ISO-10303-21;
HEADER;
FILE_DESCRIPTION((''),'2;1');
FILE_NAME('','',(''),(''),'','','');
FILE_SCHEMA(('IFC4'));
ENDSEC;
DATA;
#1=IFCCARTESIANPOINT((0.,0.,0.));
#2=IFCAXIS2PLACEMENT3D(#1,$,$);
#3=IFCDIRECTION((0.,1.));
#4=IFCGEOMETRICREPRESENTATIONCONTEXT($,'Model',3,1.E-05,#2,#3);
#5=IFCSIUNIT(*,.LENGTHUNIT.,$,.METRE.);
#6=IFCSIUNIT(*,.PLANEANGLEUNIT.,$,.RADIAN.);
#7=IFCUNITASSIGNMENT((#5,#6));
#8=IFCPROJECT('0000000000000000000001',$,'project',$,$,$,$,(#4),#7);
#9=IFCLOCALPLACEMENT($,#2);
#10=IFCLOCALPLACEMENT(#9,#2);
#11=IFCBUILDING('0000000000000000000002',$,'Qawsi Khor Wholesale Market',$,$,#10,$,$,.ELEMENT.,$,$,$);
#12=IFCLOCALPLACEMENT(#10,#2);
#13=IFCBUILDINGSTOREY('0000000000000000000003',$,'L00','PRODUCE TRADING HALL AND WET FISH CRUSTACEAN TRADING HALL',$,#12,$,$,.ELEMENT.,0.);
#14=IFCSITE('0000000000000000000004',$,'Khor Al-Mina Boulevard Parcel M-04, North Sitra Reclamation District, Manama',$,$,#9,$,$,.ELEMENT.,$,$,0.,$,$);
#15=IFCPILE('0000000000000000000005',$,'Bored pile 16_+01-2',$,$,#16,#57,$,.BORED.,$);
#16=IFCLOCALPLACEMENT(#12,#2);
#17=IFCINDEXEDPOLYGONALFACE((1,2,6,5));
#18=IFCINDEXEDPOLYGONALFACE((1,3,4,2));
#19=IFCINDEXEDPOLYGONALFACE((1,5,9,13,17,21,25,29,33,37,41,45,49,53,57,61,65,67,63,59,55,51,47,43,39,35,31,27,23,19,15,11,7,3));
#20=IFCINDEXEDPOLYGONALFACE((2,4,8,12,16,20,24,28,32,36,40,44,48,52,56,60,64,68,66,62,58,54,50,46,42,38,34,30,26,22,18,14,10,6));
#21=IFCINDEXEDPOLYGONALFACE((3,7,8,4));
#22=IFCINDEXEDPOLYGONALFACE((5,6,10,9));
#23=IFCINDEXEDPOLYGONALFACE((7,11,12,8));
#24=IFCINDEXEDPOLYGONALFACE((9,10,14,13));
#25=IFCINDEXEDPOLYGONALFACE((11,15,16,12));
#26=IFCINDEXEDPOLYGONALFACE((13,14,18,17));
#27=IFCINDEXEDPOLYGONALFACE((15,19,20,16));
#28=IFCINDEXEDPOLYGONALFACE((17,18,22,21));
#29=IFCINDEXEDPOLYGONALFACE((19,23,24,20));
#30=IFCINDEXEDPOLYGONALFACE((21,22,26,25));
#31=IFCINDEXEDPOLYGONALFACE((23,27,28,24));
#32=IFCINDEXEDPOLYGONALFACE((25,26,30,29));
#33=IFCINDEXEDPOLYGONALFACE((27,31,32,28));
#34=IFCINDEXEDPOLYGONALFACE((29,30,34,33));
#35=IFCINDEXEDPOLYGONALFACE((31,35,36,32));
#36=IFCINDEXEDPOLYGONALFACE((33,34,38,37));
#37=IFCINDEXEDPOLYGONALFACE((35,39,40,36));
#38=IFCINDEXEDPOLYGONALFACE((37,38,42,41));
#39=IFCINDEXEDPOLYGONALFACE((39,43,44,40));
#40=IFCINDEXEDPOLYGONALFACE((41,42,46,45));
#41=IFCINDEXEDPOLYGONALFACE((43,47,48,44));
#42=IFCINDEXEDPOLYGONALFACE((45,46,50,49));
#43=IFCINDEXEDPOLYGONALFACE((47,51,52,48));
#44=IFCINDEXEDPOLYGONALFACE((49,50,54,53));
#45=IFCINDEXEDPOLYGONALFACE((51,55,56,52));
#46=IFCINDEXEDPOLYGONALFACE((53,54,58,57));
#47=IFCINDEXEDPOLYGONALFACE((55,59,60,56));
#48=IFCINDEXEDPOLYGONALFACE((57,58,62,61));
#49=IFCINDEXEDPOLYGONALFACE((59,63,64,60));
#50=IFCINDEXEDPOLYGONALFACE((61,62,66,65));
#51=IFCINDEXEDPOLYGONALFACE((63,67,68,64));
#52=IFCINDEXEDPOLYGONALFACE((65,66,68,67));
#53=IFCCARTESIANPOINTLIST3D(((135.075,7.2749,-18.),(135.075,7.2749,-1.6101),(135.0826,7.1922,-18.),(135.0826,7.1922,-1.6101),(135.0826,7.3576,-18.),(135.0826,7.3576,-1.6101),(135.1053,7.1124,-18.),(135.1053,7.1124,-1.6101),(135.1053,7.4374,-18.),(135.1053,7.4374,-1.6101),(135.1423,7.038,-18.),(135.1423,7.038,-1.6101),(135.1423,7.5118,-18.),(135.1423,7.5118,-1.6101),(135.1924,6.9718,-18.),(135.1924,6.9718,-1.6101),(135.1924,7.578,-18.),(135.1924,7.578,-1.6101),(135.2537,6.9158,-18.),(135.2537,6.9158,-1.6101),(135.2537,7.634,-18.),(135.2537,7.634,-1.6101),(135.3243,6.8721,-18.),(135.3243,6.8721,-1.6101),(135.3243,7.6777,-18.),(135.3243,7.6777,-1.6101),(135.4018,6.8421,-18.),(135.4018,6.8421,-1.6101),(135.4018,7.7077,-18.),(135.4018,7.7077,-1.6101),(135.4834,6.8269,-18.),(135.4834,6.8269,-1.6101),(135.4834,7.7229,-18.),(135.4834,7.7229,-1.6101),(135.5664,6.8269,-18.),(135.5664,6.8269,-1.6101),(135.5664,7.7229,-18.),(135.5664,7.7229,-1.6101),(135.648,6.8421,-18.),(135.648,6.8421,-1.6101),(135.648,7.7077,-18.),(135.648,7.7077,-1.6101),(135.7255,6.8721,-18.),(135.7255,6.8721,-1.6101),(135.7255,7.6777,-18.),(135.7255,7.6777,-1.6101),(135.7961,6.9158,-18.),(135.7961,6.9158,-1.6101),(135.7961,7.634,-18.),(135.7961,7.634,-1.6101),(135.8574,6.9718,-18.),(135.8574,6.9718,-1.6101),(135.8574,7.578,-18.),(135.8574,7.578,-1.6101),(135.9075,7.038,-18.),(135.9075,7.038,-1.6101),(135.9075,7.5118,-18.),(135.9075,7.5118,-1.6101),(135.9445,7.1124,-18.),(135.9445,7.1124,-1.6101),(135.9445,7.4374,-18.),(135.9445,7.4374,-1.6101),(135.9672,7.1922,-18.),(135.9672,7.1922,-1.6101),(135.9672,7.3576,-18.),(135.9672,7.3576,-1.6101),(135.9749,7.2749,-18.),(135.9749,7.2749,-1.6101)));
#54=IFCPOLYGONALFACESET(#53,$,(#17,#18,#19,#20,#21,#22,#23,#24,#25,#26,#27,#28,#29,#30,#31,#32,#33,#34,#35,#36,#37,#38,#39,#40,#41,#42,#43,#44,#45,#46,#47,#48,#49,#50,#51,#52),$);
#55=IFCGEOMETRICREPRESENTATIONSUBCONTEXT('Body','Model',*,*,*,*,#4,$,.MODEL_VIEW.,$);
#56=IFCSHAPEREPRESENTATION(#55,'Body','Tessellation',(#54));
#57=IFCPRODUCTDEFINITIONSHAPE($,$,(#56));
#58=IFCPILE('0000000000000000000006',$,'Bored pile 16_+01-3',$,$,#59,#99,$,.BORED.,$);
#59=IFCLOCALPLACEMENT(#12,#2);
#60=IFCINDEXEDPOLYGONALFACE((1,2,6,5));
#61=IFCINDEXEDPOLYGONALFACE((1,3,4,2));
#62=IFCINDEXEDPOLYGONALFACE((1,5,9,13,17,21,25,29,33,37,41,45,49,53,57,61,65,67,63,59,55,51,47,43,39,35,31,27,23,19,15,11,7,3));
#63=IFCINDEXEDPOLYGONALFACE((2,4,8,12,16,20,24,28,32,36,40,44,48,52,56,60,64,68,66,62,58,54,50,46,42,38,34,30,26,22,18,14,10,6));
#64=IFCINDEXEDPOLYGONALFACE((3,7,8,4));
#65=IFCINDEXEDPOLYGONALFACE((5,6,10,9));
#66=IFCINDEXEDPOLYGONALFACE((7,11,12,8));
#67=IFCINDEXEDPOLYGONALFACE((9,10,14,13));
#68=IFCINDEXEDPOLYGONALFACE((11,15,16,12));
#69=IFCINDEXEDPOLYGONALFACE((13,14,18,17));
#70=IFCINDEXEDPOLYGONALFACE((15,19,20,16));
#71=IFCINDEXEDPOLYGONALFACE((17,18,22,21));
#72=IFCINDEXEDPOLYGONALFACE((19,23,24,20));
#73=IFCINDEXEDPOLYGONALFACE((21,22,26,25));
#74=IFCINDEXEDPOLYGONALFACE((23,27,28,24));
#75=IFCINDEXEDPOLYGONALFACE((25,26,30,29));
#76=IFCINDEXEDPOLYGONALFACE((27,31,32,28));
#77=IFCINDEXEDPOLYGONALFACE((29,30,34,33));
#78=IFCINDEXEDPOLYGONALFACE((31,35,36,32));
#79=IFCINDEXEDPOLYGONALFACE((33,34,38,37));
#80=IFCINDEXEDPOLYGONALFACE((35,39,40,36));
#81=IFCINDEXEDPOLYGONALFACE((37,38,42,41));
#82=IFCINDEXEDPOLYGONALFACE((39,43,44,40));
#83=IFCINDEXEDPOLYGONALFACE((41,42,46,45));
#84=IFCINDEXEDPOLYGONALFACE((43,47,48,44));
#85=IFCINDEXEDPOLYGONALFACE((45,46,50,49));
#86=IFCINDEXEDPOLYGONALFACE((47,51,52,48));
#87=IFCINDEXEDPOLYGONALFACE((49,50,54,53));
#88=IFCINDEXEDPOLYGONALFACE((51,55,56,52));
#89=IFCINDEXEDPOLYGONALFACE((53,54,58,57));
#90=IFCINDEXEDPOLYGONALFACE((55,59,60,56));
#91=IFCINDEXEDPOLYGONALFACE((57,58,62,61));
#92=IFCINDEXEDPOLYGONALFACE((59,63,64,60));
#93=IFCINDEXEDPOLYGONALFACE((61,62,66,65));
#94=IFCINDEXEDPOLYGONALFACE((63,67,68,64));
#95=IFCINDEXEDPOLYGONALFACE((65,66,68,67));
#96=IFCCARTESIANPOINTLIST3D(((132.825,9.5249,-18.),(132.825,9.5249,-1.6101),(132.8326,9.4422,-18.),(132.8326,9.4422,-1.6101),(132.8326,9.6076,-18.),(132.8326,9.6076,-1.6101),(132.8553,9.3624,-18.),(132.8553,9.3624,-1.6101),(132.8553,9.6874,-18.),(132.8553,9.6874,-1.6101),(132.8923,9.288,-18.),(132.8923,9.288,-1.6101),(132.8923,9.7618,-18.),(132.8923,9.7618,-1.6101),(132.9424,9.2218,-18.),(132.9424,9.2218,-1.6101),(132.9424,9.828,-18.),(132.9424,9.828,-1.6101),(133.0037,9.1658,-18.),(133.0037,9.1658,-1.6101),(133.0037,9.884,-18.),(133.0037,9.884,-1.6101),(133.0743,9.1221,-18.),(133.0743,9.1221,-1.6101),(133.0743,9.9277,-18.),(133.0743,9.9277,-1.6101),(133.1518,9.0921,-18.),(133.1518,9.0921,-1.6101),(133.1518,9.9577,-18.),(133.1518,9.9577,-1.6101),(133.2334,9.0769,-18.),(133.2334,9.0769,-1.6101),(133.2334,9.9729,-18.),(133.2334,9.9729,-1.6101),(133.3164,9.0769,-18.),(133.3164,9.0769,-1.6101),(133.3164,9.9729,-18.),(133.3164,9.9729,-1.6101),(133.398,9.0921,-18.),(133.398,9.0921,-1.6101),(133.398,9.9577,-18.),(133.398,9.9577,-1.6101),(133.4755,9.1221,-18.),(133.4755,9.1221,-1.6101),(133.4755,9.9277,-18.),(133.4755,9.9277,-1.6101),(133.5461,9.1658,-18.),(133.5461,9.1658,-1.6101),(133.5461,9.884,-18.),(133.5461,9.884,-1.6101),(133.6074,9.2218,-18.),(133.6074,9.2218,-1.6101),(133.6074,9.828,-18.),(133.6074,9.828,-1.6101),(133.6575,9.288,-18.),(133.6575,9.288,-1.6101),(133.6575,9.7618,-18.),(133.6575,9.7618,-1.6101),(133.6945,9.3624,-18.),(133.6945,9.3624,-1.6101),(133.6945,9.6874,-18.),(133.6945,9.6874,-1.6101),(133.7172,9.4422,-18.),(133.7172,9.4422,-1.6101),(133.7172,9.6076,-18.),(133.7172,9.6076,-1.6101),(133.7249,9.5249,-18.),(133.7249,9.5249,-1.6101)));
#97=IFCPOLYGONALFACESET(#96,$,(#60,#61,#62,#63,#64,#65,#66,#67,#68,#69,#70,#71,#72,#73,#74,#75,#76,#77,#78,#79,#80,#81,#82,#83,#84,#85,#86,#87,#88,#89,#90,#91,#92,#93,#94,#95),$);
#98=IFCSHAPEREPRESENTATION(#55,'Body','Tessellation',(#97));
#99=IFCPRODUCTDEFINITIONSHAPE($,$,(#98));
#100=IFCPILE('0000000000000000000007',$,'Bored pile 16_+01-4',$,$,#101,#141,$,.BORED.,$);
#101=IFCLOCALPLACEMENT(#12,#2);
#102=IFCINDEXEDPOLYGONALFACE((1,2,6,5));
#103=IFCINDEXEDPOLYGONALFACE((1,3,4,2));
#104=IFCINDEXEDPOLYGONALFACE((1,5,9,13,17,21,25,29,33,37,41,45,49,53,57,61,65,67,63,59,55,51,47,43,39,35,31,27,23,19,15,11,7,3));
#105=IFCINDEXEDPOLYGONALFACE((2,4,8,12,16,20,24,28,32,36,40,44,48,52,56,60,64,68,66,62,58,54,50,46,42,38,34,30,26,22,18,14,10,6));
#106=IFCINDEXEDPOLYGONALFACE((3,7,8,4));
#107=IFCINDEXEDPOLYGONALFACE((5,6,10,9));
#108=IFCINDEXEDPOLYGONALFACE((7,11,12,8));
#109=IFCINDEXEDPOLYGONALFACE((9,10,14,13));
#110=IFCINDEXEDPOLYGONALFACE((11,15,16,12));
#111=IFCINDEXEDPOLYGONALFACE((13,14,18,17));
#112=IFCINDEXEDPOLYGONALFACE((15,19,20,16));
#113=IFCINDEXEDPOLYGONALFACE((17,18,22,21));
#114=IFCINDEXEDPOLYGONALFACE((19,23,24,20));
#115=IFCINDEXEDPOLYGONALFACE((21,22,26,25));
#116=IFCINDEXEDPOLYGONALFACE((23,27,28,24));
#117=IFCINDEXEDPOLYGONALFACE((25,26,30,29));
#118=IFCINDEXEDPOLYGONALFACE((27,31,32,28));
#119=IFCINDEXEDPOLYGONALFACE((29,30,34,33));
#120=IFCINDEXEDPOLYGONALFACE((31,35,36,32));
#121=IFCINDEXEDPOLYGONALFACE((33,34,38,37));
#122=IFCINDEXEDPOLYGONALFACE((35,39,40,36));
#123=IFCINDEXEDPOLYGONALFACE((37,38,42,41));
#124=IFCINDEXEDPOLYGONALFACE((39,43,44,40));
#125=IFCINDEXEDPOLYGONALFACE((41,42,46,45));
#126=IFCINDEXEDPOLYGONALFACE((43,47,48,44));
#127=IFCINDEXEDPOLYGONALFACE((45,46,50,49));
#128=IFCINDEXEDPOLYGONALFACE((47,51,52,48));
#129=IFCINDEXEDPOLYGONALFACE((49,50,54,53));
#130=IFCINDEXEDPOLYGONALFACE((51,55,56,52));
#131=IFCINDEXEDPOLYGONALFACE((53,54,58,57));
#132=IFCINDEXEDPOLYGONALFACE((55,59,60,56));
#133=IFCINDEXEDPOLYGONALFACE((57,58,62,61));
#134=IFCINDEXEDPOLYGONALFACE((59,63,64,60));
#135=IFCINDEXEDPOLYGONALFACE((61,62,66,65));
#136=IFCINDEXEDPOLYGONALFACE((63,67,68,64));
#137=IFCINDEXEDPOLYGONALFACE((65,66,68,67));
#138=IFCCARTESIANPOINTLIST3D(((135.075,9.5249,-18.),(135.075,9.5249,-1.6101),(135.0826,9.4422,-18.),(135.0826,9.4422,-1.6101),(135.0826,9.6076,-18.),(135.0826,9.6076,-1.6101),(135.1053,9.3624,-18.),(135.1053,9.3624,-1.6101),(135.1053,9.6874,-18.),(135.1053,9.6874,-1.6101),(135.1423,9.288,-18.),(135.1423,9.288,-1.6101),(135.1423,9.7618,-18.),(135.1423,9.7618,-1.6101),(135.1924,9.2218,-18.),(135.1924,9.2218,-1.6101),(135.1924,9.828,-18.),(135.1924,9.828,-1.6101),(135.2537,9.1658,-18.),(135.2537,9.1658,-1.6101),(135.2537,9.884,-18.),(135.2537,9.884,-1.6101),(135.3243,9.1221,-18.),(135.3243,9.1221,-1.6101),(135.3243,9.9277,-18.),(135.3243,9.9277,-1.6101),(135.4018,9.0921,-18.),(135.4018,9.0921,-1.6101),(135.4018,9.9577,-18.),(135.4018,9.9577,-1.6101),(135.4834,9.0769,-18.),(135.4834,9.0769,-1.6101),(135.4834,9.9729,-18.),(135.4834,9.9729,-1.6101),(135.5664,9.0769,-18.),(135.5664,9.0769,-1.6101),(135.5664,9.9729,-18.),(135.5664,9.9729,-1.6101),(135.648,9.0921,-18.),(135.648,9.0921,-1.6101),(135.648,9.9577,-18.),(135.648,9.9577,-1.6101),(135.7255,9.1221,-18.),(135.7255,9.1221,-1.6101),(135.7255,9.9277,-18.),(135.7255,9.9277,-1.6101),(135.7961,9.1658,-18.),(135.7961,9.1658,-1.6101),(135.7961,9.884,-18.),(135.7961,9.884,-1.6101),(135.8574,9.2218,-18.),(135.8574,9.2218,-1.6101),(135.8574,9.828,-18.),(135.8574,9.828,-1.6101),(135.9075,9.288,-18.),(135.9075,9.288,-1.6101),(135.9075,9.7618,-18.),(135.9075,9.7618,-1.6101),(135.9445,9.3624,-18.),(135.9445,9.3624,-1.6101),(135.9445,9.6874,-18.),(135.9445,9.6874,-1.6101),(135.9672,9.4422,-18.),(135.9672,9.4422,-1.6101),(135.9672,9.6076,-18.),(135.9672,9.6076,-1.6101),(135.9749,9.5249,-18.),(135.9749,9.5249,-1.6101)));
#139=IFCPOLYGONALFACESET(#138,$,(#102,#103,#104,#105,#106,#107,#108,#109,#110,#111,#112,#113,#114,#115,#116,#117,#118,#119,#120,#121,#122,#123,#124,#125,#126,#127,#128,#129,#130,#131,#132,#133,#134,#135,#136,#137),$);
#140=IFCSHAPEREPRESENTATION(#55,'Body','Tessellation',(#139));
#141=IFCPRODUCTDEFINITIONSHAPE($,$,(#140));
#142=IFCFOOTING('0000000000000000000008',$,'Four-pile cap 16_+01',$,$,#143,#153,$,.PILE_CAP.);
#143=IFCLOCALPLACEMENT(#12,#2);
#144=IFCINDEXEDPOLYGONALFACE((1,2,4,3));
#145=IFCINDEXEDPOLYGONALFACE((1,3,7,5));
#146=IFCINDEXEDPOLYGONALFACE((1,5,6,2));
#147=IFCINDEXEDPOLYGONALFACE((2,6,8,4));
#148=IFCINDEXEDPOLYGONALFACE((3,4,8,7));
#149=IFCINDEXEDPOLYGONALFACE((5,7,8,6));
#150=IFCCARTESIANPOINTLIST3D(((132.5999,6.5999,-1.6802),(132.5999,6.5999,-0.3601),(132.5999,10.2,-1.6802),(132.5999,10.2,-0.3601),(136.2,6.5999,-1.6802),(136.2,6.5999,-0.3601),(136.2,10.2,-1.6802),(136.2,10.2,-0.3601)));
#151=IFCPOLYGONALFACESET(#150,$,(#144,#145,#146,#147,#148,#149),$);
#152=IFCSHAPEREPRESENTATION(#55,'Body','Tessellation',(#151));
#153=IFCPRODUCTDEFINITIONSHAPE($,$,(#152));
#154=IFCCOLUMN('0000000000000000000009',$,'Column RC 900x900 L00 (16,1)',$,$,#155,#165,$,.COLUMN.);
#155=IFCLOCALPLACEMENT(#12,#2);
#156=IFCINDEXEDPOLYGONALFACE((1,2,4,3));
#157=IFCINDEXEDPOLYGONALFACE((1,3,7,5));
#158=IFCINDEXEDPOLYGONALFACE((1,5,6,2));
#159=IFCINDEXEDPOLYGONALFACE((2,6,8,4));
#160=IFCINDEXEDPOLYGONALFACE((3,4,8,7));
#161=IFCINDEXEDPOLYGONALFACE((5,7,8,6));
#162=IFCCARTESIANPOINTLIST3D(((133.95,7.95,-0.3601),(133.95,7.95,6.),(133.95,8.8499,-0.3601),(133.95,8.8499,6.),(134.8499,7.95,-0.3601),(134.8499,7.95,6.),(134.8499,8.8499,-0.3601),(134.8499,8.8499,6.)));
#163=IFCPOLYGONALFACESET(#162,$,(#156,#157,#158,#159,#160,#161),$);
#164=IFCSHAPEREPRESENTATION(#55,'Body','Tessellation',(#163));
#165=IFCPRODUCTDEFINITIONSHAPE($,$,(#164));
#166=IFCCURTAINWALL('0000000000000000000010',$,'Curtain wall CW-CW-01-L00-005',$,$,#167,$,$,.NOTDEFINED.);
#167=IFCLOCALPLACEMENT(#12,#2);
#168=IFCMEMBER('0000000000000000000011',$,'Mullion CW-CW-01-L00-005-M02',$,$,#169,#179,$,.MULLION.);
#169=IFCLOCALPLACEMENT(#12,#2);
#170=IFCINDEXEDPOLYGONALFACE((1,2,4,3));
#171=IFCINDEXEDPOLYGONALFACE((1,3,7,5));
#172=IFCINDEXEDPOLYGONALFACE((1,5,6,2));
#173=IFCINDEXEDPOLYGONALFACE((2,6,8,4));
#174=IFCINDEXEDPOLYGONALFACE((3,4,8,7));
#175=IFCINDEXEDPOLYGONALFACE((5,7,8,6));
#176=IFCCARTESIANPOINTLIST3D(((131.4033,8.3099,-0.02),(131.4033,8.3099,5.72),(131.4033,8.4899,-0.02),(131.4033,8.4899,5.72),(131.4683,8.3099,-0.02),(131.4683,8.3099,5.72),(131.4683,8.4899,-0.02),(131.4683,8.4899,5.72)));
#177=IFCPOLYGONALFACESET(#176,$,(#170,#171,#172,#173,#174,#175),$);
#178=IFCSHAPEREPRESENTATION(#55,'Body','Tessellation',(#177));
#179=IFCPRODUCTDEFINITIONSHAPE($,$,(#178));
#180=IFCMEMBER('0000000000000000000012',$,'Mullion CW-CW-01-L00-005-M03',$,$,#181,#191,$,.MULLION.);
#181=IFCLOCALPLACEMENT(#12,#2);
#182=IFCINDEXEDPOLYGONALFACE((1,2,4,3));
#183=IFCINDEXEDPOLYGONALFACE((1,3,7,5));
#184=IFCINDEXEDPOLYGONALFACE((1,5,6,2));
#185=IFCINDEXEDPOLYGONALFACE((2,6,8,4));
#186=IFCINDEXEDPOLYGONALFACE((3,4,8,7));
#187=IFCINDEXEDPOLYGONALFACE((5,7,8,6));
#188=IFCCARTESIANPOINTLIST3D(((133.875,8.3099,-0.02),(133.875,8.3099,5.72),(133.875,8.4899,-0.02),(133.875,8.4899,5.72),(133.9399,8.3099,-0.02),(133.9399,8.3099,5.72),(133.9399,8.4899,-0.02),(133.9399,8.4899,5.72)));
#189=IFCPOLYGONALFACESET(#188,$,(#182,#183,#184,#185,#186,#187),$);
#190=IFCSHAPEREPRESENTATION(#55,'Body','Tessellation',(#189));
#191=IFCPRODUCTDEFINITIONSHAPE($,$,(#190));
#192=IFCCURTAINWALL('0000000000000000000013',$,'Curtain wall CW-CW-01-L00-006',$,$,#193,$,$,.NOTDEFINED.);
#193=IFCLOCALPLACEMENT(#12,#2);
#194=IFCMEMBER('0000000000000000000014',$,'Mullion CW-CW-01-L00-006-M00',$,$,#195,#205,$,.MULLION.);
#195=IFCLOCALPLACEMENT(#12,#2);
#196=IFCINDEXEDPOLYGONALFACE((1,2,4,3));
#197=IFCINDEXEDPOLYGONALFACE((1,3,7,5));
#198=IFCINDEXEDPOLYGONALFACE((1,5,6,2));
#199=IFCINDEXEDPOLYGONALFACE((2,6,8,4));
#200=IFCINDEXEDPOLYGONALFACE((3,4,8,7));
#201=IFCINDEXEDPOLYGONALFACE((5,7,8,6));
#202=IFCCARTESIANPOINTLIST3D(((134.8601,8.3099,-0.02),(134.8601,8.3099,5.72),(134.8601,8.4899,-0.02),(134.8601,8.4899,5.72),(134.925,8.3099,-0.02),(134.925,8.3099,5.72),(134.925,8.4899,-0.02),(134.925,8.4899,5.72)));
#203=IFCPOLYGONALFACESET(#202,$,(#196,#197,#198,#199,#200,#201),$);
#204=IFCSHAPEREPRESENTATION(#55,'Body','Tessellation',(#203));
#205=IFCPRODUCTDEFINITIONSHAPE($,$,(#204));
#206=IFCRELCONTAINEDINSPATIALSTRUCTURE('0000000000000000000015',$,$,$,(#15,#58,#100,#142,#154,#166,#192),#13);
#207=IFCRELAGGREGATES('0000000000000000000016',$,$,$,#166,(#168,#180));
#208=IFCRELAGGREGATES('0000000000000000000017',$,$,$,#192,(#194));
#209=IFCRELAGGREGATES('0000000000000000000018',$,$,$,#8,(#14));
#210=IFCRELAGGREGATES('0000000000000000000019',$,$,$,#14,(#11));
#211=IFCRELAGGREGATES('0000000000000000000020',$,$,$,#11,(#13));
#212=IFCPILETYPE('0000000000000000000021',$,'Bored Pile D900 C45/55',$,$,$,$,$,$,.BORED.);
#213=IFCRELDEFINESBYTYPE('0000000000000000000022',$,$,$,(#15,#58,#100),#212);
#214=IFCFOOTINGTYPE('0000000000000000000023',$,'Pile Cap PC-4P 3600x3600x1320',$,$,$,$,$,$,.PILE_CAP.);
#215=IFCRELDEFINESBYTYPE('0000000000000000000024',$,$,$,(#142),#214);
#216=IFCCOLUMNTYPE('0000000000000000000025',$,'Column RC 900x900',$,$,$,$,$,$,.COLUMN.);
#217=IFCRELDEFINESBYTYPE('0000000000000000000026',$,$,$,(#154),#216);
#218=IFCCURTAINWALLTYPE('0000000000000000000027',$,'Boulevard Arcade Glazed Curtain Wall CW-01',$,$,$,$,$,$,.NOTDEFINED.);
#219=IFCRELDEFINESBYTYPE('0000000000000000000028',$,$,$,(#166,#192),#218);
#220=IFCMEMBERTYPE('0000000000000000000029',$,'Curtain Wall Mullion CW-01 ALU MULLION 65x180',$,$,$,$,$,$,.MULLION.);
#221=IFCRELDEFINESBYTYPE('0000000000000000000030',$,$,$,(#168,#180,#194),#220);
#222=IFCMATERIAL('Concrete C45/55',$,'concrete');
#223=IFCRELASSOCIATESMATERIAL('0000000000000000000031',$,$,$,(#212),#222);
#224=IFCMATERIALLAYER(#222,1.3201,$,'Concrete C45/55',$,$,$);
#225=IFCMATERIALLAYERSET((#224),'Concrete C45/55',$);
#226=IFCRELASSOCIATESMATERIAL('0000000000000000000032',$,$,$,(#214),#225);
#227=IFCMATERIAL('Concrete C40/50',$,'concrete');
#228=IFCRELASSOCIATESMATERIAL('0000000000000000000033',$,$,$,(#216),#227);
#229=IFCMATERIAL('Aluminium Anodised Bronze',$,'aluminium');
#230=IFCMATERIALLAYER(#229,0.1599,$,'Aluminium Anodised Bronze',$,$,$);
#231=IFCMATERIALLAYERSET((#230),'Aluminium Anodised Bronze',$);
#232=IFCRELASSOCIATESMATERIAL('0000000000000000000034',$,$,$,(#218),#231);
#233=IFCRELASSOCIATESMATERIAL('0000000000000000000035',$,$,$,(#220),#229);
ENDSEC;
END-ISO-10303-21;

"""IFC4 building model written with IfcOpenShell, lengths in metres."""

from ifc_helpers import new_model, si_unit, direction, frame, origin, origin_2d, place, context, subcontext, project, spatial, rectangle, circle, extrude, material, layer, layer_set, material_profile, profile_set, type_object, element, aggregate, save


model = new_model("IFC4")

# Units and contexts
model_context = context("Model", 3, precision=1e-05, world=origin(), true_north=direction((0.0, 1.0)))
body_context = subcontext(model_context, "Body", "Model", "MODEL_VIEW")
ifc_project = project(units=[si_unit("LENGTHUNIT", "METRE"), si_unit("PLANEANGLEUNIT", "RADIAN")], contexts=[model_context])

# Site, building, storey
site_placement = place(None, origin())
site = spatial("IfcSite", under=ifc_project, at=site_placement, Name="Khor Al-Mina Boulevard Parcel M-04, North Sitra Reclamation District, Manama", CompositionType="ELEMENT", RefElevation=0.0)
building_placement = place(site_placement, origin())
building = spatial("IfcBuilding", under=site, at=building_placement, Name="Qawsi Khor Wholesale Market", CompositionType="ELEMENT")
storey_placement = place(building_placement, origin())
storey = spatial("IfcBuildingStorey", under=building, at=storey_placement, Name="L00", Description="PRODUCE TRADING HALL AND WET FISH CRUSTACEAN TRADING HALL", CompositionType="ELEMENT", Elevation=0.0)

# Piles
ifc_material_1 = material(Name="Concrete C45/55", Category="concrete")
ifc_material_profile_1 = material_profile(ifc_material_1, circle(Radius=0.45, at=origin_2d()), Name="PILE D900")
ifc_profile_set_1 = profile_set([ifc_material_profile_1], Name="Concrete C45/55")
pile_type = type_object("IfcPileType", Name="Bored Pile D900 C45/55", PredefinedType="BORED", material=ifc_profile_set_1)
for number, where, z_axis, x_axis, name in (
    (1, (135.5249, 7.2749, -1.6101), (0.0, 0.0, -1.0), (1.0, 0.0, 0.0), "Bored pile 16_+01-2"),
    (2, (133.2749, 9.5249, -1.6101), (0.0, 0.0, -1.0), (1.0, 0.0, 0.0), "Bored pile 16_+01-3"),
    (3, (135.5249, 9.5249, -1.6101), (0.0, 0.0, -1.0), (1.0, 0.0, 0.0), "Bored pile 16_+01-4"),
):
    element("IfcPile", number, at=place(storey_placement, frame(where, z_axis=z_axis, x_axis=x_axis)), inside=storey, type_object=pile_type, Name=name, PredefinedType="BORED", context=body_context, shape_type="SweptSolid", body=[
        extrude(circle(Radius=0.45, at=origin_2d()), origin(), (0.0, 0.0, 1.0), 16.3899),
    ])

# Footing
ifc_layer_1 = layer(ifc_material_1, 1.3201, Name="Concrete C45/55")
ifc_layer_set_1 = layer_set([ifc_layer_1], Name="Concrete C45/55")
footing_type = type_object("IfcFootingType", Name="Pile Cap PC-4P 3600x3600x1320", PredefinedType="PILE_CAP", material=ifc_layer_set_1)
footing_placement = place(storey_placement, frame((134.3999, 8.3999, -1.6802), z_axis=(0.0, 0.0, 1.0), x_axis=(1.0, 0.0, 0.0)))
element("IfcFooting", 4, at=footing_placement, inside=storey, type_object=footing_type, Name="Four-pile cap 16_+01", PredefinedType="PILE_CAP", context=body_context, shape_type="SweptSolid", body=[
    extrude(rectangle(XDim=3.6001, YDim=3.6001, at=origin_2d()), origin(), (0.0, 0.0, 1.0), 1.3201),
])

# Column
ifc_material_2 = material(Name="Concrete C40/50", Category="concrete")
ifc_material_profile_2 = material_profile(ifc_material_2, rectangle(XDim=0.8999, YDim=0.8999, at=origin_2d()), Name="RC 900x900")
ifc_profile_set_2 = profile_set([ifc_material_profile_2], Name="Concrete C40/50")
column_type = type_object("IfcColumnType", Name="Column RC 900x900", PredefinedType="COLUMN", material=ifc_profile_set_2)
column_placement = place(storey_placement, frame((134.3999, 8.3999, -0.3601), z_axis=(0.0, 0.0, 1.0), x_axis=(1.0, 0.0, 0.0)))
element("IfcColumn", 5, at=column_placement, inside=storey, type_object=column_type, Name="Column RC 900x900 L00 (16,1)", PredefinedType="COLUMN", context=body_context, shape_type="SweptSolid", body=[
    extrude(rectangle(XDim=0.8999, YDim=0.8999, at=origin_2d()), origin(), (0.0, 0.0, 1.0), 6.3601),
])

# Curtain walls, members
ifc_material_3 = material(Name="Aluminium Anodised Bronze", Category="aluminium")
ifc_layer_2 = layer(ifc_material_3, 0.1599, Name="Aluminium Anodised Bronze")
ifc_layer_set_2 = layer_set([ifc_layer_2], Name="Aluminium Anodised Bronze")
curtain_wall_type = type_object("IfcCurtainWallType", Name="Boulevard Arcade Glazed Curtain Wall CW-01", PredefinedType="NOTDEFINED", material=ifc_layer_set_2)
curtain_wall_1_placement = place(storey_placement, origin())
curtain_wall_1 = element("IfcCurtainWall", 6, at=curtain_wall_1_placement, inside=storey, type_object=curtain_wall_type, Name="Curtain wall CW-CW-01-L00-005", PredefinedType="NOTDEFINED")
ifc_material_profile_3 = material_profile(ifc_material_3, rectangle(XDim=0.0649, YDim=0.1799, at=origin_2d()), Name="ALU MULLION 65x180")
ifc_profile_set_3 = profile_set([ifc_material_profile_3], Name="Aluminium Anodised Bronze")
member_type_1 = type_object("IfcMemberType", Name="Curtain Wall Mullion CW-01 ALU MULLION 65x180", PredefinedType="MULLION", material=ifc_profile_set_3)
member_1_placement = place(storey_placement, frame((131.4358, 8.3999, -0.02), z_axis=(0.0, 0.0, 1.0), x_axis=(1.0, 0.0, 0.0)))
member_1 = element("IfcMember", 7, at=member_1_placement, type_object=member_type_1, Name="Mullion CW-CW-01-L00-005-M02", PredefinedType="MULLION", context=body_context, shape_type="SweptSolid", body=[
    extrude(rectangle(XDim=0.0649, YDim=0.1799, at=origin_2d()), origin(), (0.0, 0.0, 1.0), 5.74),
])
member_2_placement = place(storey_placement, frame((133.9075, 8.3999, -0.02), z_axis=(0.0, 0.0, 1.0), x_axis=(1.0, 0.0, 0.0)))
member_2 = element("IfcMember", 8, at=member_2_placement, type_object=member_type_1, Name="Mullion CW-CW-01-L00-005-M03", PredefinedType="MULLION", context=body_context, shape_type="SweptSolid", body=[
    extrude(rectangle(XDim=0.0649, YDim=0.1799, at=origin_2d()), origin(), (0.0, 0.0, 1.0), 5.74),
])
curtain_wall_2_placement = place(storey_placement, origin())
curtain_wall_2 = element("IfcCurtainWall", 9, at=curtain_wall_2_placement, inside=storey, type_object=curtain_wall_type, Name="Curtain wall CW-CW-01-L00-006", PredefinedType="NOTDEFINED")
member_3_placement = place(storey_placement, frame((134.8926, 8.3999, -0.02), z_axis=(0.0, 0.0, 1.0), x_axis=(1.0, 0.0, 0.0)))
member_3 = element("IfcMember", 10, at=member_3_placement, type_object=member_type_1, Name="Mullion CW-CW-01-L00-006-M00", PredefinedType="MULLION", context=body_context, shape_type="SweptSolid", body=[
    extrude(rectangle(XDim=0.0649, YDim=0.1799, at=origin_2d()), origin(), (0.0, 0.0, 1.0), 5.74),
])

aggregate(curtain_wall_1, [member_1, member_2])
aggregate(curtain_wall_2, [member_3])

save(model, "model.ifc")
